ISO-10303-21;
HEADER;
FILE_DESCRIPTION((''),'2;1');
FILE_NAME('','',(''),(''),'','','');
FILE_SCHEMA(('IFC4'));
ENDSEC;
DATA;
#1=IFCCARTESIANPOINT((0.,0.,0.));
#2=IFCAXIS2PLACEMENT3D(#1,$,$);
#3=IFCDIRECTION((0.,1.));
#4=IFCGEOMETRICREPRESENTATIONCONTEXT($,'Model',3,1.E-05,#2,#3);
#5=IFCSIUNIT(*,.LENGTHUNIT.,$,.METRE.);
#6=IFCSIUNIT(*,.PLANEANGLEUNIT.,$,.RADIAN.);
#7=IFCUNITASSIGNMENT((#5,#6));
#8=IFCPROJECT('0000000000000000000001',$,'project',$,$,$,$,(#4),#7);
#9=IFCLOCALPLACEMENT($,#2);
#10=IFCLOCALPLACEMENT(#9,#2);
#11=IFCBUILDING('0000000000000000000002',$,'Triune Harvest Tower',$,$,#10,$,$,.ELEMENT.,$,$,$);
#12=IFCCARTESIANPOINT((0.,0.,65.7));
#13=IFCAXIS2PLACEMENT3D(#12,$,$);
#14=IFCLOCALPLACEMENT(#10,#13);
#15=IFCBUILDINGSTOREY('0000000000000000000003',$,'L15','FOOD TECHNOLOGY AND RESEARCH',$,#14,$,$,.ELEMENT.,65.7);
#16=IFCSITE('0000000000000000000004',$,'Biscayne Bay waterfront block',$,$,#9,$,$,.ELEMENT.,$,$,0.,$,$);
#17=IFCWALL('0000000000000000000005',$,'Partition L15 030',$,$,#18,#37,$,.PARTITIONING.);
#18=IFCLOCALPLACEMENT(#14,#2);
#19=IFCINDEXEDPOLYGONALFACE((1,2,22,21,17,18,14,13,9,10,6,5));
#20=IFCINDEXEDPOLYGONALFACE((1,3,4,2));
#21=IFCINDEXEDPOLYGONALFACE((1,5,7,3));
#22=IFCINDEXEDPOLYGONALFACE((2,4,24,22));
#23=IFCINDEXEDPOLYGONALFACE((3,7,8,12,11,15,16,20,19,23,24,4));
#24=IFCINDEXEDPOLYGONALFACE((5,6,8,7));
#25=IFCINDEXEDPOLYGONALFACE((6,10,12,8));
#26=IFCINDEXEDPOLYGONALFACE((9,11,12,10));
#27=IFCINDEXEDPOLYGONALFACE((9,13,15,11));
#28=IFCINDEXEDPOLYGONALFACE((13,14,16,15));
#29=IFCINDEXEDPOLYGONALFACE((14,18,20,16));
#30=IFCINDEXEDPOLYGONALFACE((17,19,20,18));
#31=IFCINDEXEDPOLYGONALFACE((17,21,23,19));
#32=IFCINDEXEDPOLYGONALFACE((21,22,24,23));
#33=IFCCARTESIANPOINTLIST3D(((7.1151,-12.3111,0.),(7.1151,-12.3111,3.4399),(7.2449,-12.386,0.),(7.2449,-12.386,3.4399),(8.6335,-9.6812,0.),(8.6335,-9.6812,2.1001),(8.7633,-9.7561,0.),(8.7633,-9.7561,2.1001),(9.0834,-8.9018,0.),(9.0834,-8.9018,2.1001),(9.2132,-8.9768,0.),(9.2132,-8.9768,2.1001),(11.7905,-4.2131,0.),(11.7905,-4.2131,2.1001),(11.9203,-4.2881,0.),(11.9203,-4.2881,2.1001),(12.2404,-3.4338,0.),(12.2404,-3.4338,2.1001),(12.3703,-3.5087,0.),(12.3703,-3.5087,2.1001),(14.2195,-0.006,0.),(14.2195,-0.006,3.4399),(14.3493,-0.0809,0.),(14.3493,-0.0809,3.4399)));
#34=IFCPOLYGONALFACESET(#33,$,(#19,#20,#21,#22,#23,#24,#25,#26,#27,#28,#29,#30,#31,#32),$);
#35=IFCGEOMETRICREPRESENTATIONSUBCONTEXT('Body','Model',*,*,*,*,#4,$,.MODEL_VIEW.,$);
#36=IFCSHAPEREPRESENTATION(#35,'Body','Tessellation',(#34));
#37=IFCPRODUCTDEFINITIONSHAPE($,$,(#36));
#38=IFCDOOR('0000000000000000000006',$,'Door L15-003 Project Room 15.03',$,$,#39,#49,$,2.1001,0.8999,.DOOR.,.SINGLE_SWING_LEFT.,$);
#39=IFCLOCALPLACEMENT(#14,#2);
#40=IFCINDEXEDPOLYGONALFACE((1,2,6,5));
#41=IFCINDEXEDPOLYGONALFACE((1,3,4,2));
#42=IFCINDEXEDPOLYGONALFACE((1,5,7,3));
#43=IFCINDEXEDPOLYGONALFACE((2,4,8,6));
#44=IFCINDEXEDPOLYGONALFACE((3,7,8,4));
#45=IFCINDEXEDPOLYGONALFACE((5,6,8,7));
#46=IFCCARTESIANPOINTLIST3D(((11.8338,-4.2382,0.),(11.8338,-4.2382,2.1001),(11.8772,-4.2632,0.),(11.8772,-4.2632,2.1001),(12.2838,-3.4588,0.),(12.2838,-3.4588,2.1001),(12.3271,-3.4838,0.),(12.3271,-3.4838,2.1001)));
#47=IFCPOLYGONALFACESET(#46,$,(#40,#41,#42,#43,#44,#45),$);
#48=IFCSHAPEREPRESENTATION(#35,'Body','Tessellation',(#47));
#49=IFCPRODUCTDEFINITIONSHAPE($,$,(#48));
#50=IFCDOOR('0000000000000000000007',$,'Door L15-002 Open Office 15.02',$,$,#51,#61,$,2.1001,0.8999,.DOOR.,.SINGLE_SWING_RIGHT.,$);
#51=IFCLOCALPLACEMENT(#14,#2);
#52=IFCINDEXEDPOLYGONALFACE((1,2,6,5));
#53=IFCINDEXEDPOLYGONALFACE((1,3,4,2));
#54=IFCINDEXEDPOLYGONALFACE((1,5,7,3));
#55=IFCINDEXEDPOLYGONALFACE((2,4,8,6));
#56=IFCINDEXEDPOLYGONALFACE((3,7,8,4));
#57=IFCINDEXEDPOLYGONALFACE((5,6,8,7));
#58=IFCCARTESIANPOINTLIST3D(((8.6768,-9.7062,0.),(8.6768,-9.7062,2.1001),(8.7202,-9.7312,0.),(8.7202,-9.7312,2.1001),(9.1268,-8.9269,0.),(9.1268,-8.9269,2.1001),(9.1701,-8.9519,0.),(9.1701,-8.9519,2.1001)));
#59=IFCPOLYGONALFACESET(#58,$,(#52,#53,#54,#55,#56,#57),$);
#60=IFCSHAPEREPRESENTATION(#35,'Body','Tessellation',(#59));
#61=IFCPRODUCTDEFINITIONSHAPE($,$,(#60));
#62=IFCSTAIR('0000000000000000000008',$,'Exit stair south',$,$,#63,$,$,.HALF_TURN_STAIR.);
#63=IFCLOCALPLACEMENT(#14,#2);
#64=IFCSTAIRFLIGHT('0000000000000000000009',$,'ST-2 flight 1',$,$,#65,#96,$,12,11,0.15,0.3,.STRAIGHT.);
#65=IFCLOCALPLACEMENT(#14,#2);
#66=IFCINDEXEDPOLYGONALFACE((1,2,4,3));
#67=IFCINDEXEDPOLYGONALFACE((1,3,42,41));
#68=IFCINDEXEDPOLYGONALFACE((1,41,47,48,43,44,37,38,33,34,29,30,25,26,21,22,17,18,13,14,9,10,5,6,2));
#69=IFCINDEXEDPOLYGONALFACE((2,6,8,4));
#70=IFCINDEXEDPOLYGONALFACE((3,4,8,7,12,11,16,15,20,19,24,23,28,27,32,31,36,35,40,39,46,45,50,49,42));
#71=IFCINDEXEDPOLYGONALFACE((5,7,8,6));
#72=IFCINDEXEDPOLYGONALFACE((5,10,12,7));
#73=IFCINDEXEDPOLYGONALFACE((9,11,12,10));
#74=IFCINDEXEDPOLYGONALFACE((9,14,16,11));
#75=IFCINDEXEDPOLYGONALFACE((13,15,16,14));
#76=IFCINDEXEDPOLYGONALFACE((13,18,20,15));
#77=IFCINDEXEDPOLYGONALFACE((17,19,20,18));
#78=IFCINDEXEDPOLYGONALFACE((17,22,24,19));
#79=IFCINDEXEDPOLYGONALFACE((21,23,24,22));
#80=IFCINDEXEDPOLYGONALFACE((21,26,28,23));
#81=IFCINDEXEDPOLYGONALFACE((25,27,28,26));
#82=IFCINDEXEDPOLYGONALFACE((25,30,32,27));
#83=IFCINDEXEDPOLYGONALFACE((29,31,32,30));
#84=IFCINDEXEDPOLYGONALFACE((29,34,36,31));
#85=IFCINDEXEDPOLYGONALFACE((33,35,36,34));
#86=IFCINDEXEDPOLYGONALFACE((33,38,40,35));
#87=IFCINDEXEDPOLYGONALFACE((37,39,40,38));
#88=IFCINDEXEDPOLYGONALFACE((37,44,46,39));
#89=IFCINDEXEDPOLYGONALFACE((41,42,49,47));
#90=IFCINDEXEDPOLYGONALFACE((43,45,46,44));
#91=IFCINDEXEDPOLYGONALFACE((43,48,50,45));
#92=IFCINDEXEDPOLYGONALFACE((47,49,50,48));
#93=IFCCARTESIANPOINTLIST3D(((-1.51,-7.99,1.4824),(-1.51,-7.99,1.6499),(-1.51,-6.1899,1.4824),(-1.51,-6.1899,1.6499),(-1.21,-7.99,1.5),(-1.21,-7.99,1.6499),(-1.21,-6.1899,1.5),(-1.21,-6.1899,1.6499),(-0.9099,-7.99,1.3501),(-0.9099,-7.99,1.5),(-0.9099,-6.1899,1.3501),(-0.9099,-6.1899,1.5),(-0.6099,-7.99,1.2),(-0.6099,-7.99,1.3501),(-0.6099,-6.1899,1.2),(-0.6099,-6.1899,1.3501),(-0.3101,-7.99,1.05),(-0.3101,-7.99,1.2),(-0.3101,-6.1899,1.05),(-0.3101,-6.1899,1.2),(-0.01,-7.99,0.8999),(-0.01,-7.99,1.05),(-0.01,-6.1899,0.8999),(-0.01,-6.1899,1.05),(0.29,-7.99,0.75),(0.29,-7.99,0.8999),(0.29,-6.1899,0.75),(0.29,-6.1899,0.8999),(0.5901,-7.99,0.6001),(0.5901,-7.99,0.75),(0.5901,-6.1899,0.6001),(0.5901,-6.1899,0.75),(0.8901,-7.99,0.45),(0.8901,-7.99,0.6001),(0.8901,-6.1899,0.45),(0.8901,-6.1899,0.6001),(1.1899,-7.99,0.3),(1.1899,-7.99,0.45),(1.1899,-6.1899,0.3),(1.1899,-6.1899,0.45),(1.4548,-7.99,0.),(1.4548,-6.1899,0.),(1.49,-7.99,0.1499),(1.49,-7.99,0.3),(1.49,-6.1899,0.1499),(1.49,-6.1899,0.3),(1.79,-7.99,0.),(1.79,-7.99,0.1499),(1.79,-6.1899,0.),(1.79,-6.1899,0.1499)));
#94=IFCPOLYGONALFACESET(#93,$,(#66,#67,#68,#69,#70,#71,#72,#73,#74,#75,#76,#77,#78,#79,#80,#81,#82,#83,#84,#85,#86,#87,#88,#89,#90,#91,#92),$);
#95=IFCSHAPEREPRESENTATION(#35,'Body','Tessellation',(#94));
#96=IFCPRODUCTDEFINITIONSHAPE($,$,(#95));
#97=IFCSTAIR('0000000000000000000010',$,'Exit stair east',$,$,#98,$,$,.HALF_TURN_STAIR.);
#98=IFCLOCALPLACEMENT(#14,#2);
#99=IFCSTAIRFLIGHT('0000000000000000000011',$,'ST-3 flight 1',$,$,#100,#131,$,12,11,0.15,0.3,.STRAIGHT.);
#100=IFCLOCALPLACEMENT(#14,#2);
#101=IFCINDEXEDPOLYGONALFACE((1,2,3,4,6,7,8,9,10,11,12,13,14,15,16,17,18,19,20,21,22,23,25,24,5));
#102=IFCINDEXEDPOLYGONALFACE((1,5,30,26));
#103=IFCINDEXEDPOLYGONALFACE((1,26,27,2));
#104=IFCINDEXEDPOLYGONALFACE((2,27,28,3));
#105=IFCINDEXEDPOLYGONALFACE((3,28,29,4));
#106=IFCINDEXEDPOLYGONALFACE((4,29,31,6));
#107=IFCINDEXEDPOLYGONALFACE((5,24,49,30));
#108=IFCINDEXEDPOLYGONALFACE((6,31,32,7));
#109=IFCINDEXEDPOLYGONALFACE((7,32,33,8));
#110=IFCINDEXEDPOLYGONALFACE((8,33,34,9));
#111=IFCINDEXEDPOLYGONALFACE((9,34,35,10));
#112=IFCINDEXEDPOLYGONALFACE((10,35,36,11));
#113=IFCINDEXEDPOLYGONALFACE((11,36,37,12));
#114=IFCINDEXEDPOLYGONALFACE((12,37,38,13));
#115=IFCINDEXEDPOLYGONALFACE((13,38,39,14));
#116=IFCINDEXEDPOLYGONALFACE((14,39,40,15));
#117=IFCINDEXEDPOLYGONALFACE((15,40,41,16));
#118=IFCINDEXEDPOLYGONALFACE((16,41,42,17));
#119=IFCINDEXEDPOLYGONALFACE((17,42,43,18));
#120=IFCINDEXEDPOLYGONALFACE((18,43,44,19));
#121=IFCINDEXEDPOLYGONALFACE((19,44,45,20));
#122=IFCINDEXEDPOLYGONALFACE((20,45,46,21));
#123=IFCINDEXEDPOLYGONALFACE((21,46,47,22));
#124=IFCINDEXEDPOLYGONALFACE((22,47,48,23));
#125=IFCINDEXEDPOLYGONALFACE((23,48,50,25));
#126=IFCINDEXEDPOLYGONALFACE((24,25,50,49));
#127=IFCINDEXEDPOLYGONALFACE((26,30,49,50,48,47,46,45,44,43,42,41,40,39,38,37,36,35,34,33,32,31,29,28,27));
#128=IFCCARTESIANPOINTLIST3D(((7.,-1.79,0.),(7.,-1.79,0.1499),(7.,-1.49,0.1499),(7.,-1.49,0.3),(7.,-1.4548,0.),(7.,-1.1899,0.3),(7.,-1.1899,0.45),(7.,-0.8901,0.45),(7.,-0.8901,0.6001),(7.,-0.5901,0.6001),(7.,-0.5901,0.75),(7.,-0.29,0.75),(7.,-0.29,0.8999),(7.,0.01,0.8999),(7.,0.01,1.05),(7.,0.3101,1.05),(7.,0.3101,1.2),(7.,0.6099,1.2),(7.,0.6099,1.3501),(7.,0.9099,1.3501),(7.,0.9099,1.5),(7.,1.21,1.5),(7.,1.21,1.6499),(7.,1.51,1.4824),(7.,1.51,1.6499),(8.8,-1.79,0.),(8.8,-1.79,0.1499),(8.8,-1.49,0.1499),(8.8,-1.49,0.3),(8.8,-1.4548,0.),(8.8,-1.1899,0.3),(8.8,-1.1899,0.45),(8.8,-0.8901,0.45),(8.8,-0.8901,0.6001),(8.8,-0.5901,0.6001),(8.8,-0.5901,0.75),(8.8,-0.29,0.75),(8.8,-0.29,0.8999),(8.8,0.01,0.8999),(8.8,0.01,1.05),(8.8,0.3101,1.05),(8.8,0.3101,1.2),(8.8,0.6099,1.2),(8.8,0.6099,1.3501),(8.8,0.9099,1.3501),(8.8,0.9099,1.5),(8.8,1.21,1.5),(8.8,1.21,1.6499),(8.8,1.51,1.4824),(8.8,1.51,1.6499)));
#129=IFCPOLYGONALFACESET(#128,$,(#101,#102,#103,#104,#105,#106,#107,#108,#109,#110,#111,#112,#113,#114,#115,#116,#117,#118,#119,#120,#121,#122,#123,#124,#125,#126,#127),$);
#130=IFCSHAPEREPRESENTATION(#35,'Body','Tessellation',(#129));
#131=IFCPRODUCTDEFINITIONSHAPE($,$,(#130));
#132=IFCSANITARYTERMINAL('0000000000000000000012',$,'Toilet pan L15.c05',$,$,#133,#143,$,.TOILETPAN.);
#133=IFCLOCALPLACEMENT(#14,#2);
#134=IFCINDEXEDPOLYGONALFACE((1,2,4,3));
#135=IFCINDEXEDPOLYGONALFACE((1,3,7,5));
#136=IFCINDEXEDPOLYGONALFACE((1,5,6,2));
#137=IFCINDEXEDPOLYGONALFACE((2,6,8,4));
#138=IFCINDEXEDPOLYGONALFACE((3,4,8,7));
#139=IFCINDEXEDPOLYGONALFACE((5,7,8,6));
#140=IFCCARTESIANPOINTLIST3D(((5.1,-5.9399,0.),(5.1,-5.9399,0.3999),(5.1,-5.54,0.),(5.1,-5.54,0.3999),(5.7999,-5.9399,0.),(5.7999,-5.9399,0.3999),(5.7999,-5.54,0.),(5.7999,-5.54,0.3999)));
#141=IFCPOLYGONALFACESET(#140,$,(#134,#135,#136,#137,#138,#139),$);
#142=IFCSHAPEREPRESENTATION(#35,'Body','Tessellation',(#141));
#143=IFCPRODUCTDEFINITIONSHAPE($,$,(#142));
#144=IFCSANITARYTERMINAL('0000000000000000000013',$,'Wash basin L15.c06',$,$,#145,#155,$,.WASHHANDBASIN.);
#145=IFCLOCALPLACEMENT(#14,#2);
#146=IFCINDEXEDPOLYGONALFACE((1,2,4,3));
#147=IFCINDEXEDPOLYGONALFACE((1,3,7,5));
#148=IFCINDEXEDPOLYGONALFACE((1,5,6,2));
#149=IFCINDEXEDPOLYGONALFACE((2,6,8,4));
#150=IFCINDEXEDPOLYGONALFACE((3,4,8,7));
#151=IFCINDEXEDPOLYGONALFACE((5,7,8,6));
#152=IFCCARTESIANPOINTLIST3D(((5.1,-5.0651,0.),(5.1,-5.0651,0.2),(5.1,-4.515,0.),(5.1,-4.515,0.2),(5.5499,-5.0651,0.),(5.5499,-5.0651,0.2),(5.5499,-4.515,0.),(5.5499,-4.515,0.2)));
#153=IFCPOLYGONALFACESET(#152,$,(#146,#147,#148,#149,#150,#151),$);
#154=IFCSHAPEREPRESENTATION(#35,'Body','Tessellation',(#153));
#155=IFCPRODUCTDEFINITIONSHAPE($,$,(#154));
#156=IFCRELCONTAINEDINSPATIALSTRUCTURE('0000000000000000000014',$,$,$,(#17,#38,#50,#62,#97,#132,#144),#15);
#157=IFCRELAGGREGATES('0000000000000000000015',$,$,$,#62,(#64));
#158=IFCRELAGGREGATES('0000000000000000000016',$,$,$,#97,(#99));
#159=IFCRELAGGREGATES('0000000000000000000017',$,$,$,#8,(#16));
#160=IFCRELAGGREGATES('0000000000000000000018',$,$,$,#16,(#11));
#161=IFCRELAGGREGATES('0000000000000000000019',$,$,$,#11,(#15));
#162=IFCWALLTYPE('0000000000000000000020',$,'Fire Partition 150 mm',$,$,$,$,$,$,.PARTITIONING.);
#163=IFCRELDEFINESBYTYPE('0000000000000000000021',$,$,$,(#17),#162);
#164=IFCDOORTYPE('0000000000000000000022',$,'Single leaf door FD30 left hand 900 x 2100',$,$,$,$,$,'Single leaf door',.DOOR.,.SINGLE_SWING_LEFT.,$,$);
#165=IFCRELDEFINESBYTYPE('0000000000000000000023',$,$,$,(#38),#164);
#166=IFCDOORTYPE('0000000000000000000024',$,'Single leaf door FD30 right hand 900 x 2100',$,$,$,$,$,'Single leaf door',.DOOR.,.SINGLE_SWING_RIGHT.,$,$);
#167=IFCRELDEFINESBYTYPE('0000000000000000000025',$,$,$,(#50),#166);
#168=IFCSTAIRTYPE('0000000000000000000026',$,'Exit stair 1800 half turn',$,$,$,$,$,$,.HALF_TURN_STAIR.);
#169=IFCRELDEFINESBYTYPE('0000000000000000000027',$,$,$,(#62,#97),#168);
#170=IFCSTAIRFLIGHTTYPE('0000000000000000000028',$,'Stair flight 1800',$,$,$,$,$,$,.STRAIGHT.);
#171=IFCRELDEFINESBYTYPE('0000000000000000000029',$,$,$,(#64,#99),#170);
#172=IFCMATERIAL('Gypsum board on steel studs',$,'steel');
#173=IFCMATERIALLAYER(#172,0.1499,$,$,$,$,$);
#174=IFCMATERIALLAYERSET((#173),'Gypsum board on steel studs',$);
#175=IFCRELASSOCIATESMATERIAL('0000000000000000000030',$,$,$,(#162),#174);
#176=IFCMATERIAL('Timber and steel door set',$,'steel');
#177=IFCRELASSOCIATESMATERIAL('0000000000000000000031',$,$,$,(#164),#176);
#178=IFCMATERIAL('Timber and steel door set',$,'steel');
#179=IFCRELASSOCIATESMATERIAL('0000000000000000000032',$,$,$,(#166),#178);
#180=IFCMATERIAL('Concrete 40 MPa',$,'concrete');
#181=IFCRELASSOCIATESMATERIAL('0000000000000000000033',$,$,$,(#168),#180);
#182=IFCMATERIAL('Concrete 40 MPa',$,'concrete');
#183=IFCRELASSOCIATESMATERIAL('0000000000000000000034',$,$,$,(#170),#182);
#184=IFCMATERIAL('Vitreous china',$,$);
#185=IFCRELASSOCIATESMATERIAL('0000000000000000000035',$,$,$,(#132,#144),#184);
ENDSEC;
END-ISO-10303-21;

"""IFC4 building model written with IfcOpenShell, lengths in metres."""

from ifc_helpers import new_model, si_unit, direction, frame, frame_2d, origin, origin_2d, place, context, subcontext, project, spatial, polyline, rectangle, outline, extrude, source, transform, mapped, material, layer, layer_set, type_object, element, fill, aggregate, save


model = new_model("IFC4")

# Units and contexts
model_context = context("Model", 3, precision=1e-05, world=origin(), true_north=direction((0.0, 1.0)))
body_context = subcontext(model_context, "Body", "Model", "MODEL_VIEW")
ifc_project = project(units=[si_unit("LENGTHUNIT", "METRE"), si_unit("PLANEANGLEUNIT", "RADIAN")], contexts=[model_context])

# Site, building, storey
site_placement = place(None, origin())
site = spatial("IfcSite", under=ifc_project, at=site_placement, Name="Biscayne Bay waterfront block", CompositionType="ELEMENT", RefElevation=0.0)
building_placement = place(site_placement, origin())
building = spatial("IfcBuilding", under=site, at=building_placement, Name="Triune Harvest Tower", CompositionType="ELEMENT")
storey_placement = place(building_placement, frame((0.0, 0.0, 65.7)))
storey = spatial("IfcBuildingStorey", under=building, at=storey_placement, Name="L15", Description="FOOD TECHNOLOGY AND RESEARCH", CompositionType="ELEMENT", Elevation=65.7)

# Wall, openings, doors
ifc_material_1 = material(Name="Gypsum board on steel studs", Category="steel")
ifc_layer_1 = layer(ifc_material_1, 0.1499)
ifc_layer_set_1 = layer_set([ifc_layer_1], Name="Gypsum board on steel studs")
wall_type_1 = type_object("IfcWallType", Name="Fire Partition 150 mm", PredefinedType="PARTITIONING", material=ifc_layer_set_1)
shared_shape_1 = source(origin(), body_context, "Body", "SweptSolid", [
    extrude(rectangle(XDim=14.2087, YDim=0.1499, at=frame_2d((7.1045, 0.0))), origin(), (0.0, 0.0, 1.0), 3.4399),
])
wall_1_placement = place(storey_placement, frame((7.1799, -12.3486, 0.0), z_axis=(0.0, 0.0, 1.0), x_axis=(0.500005, 0.866022, 0.0)))
wall_1 = element("IfcWall", 1, at=wall_1_placement, inside=storey, type_object=wall_type_1, Name="Partition L15 030", PredefinedType="PARTITIONING", context=body_context, shape_type="MappedRepresentation", body=[
    mapped(shared_shape_1, transform((0.0, 0.0, 0.0), scale=1.0)),
])
opening_1_placement = place(wall_1_placement, frame((3.0369, 0.0, 0.0)))
opening_1 = element("IfcOpeningElement", 2, at=opening_1_placement, cuts=wall_1, PredefinedType="OPENING", context=body_context, shape_type="SweptSolid", body=[
    extrude(rectangle(XDim=0.8999, YDim=2.1001, at=frame_2d((0.45, 1.05))), frame((0.0, 0.085, 0.0), z_axis=(0.0, -1.0, 0.0), x_axis=(1.0, 0.0, 0.0)), (0.0, 0.0, 1.0), 0.1699),
])
opening_2_placement = place(wall_1_placement, frame((9.3508, 0.0, 0.0)))
opening_2 = element("IfcOpeningElement", 3, at=opening_2_placement, cuts=wall_1, PredefinedType="OPENING", context=body_context, shape_type="SweptSolid", body=[
    extrude(rectangle(XDim=0.8999, YDim=2.1001, at=frame_2d((0.45, 1.05))), frame((0.0, 0.085, 0.0), z_axis=(0.0, -1.0, 0.0), x_axis=(1.0, 0.0, 0.0)), (0.0, 0.0, 1.0), 0.1699),
])
ifc_material_2 = material(Name="Timber and steel door set", Category="steel")
door_type_1 = type_object("IfcDoorType", Name="Single leaf door FD30 left hand 900 x 2100", ElementType="Single leaf door", OperationType="SINGLE_SWING_LEFT", PredefinedType="DOOR", material=ifc_material_2)
door_1_placement = place(opening_2_placement, origin())
door_1 = element("IfcDoor", 4, at=door_1_placement, inside=storey, type_object=door_type_1, Name="Door L15-003 Project Room 15.03", OperationType="SINGLE_SWING_LEFT", OverallHeight=2.1001, OverallWidth=0.8999, PredefinedType="DOOR", context=body_context, shape_type="SweptSolid", body=[
    extrude(rectangle(XDim=0.8999, YDim=2.1001, at=frame_2d((0.45, 1.05))), frame((0.0, 0.0249, 0.0), z_axis=(0.0, -1.0, 0.0), x_axis=(1.0, 0.0, 0.0)), (0.0, 0.0, 1.0), 0.05),
])
fill(opening_2, door_1)
ifc_material_3 = material(Name="Timber and steel door set", Category="steel")
door_type_2 = type_object("IfcDoorType", Name="Single leaf door FD30 right hand 900 x 2100", ElementType="Single leaf door", OperationType="SINGLE_SWING_RIGHT", PredefinedType="DOOR", material=ifc_material_3)
door_2_placement = place(opening_1_placement, origin())
door_2 = element("IfcDoor", 5, at=door_2_placement, inside=storey, type_object=door_type_2, Name="Door L15-002 Open Office 15.02", OperationType="SINGLE_SWING_RIGHT", OverallHeight=2.1001, OverallWidth=0.8999, PredefinedType="DOOR", context=body_context, shape_type="SweptSolid", body=[
    extrude(rectangle(XDim=0.8999, YDim=2.1001, at=frame_2d((0.45, 1.05))), frame((0.0, 0.0249, 0.0), z_axis=(0.0, -1.0, 0.0), x_axis=(1.0, 0.0, 0.0)), (0.0, 0.0, 1.0), 0.05),
])
fill(opening_1, door_2)

# Stairs, stair flights
ifc_material_4 = material(Name="Concrete 40 MPa", Category="concrete")
stair_type = type_object("IfcStairType", Name="Exit stair 1800 half turn", PredefinedType="HALF_TURN_STAIR", material=ifc_material_4)
stair_1_placement = place(storey_placement, origin())
stair_1 = element("IfcStair", 6, at=stair_1_placement, inside=storey, type_object=stair_type, Name="Exit stair south", PredefinedType="HALF_TURN_STAIR")
ifc_material_5 = material(Name="Concrete 40 MPa", Category="concrete")
stair_flight_type = type_object("IfcStairFlightType", Name="Stair flight 1800", PredefinedType="STRAIGHT", material=ifc_material_5)
shared_shape_2 = source(origin(), body_context, "Body", "SweptSolid", [
    extrude(outline(polyline([(0.0, 0.0), (0.0, 0.1499), (0.3, 0.1499), (0.3, 0.3), (0.6001, 0.3), (0.6001, 0.45), (0.8999, 0.45), (0.8999, 0.6001), (1.2, 0.6001), (1.2, 0.75), (1.5, 0.75), (1.5, 0.8999), (1.8, 0.8999), (1.8, 1.05), (2.1001, 1.05), (2.1001, 1.2), (2.3999, 1.2), (2.3999, 1.3501), (2.7, 1.3501), (2.7, 1.5), (3.0, 1.5), (3.0, 1.6499), (3.3, 1.6499), (3.3, 1.8), (3.3, 1.4824), (0.3352, 0.0), (0.0, 0.0)])), frame((0.0, 0.8999, 0.0), z_axis=(0.0, -1.0, 0.0), x_axis=(1.0, 0.0, 0.0)), (0.0, 0.0, 1.0), 1.8),
])
stair_flight_1_placement = place(storey_placement, frame((1.79, -7.0901, 0.0), z_axis=(0.0, 0.0, 1.0), x_axis=(-1.0, 0.0, 0.0)))
stair_flight_1 = element("IfcStairFlight", 7, at=stair_flight_1_placement, type_object=stair_flight_type, Name="ST-2 flight 1", NumberOfRisers=12, NumberOfTreads=11, PredefinedType="STRAIGHT", RiserHeight=0.15, TreadLength=0.3, context=body_context, shape_type="MappedRepresentation", body=[
    mapped(shared_shape_2, transform((0.0, 0.0, 0.0), scale=1.0)),
])
aggregate(stair_1, [stair_flight_1])
stair_2_placement = place(storey_placement, origin())
stair_2 = element("IfcStair", 8, at=stair_2_placement, inside=storey, type_object=stair_type, Name="Exit stair east", PredefinedType="HALF_TURN_STAIR")
stair_flight_2_placement = place(storey_placement, frame((7.8999, -1.79, 0.0), z_axis=(0.0, 0.0, 1.0), x_axis=(0.0, 1.0, 0.0)))
stair_flight_2 = element("IfcStairFlight", 9, at=stair_flight_2_placement, type_object=stair_flight_type, Name="ST-3 flight 1", NumberOfRisers=12, NumberOfTreads=11, PredefinedType="STRAIGHT", RiserHeight=0.15, TreadLength=0.3, context=body_context, shape_type="MappedRepresentation", body=[
    mapped(shared_shape_2, transform((0.0, 0.0, 0.0), scale=1.0)),
])
aggregate(stair_2, [stair_flight_2])

# Sanitary terminals
ifc_material_6 = material(Name="Vitreous china")
shared_shape_3 = source(origin(), body_context, "Body", "SweptSolid", [
    extrude(rectangle(XDim=0.3999, YDim=0.7, at=origin_2d()), origin(), (0.0, 0.0, 1.0), 0.3999),
])
sanitary_terminal_1_placement = place(storey_placement, frame((5.45, -5.74, 0.0), z_axis=(0.0, 0.0, 1.0), x_axis=(0.0, 1.0, 0.0)))
element("IfcSanitaryTerminal", 10, at=sanitary_terminal_1_placement, inside=storey, material=ifc_material_6, Name="Toilet pan L15.c05", PredefinedType="TOILETPAN", context=body_context, shape_type="MappedRepresentation", body=[
    mapped(shared_shape_3, transform((0.0, 0.0, 0.0), scale=1.0)),
])
shared_shape_4 = source(origin(), body_context, "Body", "SweptSolid", [
    extrude(rectangle(XDim=0.55, YDim=0.45, at=origin_2d()), origin(), (0.0, 0.0, 1.0), 0.2),
])
sanitary_terminal_2_placement = place(storey_placement, frame((5.325, -4.79, 0.0), z_axis=(0.0, 0.0, 1.0), x_axis=(0.0, 1.0, 0.0)))
element("IfcSanitaryTerminal", 11, at=sanitary_terminal_2_placement, inside=storey, material=ifc_material_6, Name="Wash basin L15.c06", PredefinedType="WASHHANDBASIN", context=body_context, shape_type="MappedRepresentation", body=[
    mapped(shared_shape_4, transform((0.0, 0.0, 0.0), scale=1.0)),
])

save(model, "model.ifc")
